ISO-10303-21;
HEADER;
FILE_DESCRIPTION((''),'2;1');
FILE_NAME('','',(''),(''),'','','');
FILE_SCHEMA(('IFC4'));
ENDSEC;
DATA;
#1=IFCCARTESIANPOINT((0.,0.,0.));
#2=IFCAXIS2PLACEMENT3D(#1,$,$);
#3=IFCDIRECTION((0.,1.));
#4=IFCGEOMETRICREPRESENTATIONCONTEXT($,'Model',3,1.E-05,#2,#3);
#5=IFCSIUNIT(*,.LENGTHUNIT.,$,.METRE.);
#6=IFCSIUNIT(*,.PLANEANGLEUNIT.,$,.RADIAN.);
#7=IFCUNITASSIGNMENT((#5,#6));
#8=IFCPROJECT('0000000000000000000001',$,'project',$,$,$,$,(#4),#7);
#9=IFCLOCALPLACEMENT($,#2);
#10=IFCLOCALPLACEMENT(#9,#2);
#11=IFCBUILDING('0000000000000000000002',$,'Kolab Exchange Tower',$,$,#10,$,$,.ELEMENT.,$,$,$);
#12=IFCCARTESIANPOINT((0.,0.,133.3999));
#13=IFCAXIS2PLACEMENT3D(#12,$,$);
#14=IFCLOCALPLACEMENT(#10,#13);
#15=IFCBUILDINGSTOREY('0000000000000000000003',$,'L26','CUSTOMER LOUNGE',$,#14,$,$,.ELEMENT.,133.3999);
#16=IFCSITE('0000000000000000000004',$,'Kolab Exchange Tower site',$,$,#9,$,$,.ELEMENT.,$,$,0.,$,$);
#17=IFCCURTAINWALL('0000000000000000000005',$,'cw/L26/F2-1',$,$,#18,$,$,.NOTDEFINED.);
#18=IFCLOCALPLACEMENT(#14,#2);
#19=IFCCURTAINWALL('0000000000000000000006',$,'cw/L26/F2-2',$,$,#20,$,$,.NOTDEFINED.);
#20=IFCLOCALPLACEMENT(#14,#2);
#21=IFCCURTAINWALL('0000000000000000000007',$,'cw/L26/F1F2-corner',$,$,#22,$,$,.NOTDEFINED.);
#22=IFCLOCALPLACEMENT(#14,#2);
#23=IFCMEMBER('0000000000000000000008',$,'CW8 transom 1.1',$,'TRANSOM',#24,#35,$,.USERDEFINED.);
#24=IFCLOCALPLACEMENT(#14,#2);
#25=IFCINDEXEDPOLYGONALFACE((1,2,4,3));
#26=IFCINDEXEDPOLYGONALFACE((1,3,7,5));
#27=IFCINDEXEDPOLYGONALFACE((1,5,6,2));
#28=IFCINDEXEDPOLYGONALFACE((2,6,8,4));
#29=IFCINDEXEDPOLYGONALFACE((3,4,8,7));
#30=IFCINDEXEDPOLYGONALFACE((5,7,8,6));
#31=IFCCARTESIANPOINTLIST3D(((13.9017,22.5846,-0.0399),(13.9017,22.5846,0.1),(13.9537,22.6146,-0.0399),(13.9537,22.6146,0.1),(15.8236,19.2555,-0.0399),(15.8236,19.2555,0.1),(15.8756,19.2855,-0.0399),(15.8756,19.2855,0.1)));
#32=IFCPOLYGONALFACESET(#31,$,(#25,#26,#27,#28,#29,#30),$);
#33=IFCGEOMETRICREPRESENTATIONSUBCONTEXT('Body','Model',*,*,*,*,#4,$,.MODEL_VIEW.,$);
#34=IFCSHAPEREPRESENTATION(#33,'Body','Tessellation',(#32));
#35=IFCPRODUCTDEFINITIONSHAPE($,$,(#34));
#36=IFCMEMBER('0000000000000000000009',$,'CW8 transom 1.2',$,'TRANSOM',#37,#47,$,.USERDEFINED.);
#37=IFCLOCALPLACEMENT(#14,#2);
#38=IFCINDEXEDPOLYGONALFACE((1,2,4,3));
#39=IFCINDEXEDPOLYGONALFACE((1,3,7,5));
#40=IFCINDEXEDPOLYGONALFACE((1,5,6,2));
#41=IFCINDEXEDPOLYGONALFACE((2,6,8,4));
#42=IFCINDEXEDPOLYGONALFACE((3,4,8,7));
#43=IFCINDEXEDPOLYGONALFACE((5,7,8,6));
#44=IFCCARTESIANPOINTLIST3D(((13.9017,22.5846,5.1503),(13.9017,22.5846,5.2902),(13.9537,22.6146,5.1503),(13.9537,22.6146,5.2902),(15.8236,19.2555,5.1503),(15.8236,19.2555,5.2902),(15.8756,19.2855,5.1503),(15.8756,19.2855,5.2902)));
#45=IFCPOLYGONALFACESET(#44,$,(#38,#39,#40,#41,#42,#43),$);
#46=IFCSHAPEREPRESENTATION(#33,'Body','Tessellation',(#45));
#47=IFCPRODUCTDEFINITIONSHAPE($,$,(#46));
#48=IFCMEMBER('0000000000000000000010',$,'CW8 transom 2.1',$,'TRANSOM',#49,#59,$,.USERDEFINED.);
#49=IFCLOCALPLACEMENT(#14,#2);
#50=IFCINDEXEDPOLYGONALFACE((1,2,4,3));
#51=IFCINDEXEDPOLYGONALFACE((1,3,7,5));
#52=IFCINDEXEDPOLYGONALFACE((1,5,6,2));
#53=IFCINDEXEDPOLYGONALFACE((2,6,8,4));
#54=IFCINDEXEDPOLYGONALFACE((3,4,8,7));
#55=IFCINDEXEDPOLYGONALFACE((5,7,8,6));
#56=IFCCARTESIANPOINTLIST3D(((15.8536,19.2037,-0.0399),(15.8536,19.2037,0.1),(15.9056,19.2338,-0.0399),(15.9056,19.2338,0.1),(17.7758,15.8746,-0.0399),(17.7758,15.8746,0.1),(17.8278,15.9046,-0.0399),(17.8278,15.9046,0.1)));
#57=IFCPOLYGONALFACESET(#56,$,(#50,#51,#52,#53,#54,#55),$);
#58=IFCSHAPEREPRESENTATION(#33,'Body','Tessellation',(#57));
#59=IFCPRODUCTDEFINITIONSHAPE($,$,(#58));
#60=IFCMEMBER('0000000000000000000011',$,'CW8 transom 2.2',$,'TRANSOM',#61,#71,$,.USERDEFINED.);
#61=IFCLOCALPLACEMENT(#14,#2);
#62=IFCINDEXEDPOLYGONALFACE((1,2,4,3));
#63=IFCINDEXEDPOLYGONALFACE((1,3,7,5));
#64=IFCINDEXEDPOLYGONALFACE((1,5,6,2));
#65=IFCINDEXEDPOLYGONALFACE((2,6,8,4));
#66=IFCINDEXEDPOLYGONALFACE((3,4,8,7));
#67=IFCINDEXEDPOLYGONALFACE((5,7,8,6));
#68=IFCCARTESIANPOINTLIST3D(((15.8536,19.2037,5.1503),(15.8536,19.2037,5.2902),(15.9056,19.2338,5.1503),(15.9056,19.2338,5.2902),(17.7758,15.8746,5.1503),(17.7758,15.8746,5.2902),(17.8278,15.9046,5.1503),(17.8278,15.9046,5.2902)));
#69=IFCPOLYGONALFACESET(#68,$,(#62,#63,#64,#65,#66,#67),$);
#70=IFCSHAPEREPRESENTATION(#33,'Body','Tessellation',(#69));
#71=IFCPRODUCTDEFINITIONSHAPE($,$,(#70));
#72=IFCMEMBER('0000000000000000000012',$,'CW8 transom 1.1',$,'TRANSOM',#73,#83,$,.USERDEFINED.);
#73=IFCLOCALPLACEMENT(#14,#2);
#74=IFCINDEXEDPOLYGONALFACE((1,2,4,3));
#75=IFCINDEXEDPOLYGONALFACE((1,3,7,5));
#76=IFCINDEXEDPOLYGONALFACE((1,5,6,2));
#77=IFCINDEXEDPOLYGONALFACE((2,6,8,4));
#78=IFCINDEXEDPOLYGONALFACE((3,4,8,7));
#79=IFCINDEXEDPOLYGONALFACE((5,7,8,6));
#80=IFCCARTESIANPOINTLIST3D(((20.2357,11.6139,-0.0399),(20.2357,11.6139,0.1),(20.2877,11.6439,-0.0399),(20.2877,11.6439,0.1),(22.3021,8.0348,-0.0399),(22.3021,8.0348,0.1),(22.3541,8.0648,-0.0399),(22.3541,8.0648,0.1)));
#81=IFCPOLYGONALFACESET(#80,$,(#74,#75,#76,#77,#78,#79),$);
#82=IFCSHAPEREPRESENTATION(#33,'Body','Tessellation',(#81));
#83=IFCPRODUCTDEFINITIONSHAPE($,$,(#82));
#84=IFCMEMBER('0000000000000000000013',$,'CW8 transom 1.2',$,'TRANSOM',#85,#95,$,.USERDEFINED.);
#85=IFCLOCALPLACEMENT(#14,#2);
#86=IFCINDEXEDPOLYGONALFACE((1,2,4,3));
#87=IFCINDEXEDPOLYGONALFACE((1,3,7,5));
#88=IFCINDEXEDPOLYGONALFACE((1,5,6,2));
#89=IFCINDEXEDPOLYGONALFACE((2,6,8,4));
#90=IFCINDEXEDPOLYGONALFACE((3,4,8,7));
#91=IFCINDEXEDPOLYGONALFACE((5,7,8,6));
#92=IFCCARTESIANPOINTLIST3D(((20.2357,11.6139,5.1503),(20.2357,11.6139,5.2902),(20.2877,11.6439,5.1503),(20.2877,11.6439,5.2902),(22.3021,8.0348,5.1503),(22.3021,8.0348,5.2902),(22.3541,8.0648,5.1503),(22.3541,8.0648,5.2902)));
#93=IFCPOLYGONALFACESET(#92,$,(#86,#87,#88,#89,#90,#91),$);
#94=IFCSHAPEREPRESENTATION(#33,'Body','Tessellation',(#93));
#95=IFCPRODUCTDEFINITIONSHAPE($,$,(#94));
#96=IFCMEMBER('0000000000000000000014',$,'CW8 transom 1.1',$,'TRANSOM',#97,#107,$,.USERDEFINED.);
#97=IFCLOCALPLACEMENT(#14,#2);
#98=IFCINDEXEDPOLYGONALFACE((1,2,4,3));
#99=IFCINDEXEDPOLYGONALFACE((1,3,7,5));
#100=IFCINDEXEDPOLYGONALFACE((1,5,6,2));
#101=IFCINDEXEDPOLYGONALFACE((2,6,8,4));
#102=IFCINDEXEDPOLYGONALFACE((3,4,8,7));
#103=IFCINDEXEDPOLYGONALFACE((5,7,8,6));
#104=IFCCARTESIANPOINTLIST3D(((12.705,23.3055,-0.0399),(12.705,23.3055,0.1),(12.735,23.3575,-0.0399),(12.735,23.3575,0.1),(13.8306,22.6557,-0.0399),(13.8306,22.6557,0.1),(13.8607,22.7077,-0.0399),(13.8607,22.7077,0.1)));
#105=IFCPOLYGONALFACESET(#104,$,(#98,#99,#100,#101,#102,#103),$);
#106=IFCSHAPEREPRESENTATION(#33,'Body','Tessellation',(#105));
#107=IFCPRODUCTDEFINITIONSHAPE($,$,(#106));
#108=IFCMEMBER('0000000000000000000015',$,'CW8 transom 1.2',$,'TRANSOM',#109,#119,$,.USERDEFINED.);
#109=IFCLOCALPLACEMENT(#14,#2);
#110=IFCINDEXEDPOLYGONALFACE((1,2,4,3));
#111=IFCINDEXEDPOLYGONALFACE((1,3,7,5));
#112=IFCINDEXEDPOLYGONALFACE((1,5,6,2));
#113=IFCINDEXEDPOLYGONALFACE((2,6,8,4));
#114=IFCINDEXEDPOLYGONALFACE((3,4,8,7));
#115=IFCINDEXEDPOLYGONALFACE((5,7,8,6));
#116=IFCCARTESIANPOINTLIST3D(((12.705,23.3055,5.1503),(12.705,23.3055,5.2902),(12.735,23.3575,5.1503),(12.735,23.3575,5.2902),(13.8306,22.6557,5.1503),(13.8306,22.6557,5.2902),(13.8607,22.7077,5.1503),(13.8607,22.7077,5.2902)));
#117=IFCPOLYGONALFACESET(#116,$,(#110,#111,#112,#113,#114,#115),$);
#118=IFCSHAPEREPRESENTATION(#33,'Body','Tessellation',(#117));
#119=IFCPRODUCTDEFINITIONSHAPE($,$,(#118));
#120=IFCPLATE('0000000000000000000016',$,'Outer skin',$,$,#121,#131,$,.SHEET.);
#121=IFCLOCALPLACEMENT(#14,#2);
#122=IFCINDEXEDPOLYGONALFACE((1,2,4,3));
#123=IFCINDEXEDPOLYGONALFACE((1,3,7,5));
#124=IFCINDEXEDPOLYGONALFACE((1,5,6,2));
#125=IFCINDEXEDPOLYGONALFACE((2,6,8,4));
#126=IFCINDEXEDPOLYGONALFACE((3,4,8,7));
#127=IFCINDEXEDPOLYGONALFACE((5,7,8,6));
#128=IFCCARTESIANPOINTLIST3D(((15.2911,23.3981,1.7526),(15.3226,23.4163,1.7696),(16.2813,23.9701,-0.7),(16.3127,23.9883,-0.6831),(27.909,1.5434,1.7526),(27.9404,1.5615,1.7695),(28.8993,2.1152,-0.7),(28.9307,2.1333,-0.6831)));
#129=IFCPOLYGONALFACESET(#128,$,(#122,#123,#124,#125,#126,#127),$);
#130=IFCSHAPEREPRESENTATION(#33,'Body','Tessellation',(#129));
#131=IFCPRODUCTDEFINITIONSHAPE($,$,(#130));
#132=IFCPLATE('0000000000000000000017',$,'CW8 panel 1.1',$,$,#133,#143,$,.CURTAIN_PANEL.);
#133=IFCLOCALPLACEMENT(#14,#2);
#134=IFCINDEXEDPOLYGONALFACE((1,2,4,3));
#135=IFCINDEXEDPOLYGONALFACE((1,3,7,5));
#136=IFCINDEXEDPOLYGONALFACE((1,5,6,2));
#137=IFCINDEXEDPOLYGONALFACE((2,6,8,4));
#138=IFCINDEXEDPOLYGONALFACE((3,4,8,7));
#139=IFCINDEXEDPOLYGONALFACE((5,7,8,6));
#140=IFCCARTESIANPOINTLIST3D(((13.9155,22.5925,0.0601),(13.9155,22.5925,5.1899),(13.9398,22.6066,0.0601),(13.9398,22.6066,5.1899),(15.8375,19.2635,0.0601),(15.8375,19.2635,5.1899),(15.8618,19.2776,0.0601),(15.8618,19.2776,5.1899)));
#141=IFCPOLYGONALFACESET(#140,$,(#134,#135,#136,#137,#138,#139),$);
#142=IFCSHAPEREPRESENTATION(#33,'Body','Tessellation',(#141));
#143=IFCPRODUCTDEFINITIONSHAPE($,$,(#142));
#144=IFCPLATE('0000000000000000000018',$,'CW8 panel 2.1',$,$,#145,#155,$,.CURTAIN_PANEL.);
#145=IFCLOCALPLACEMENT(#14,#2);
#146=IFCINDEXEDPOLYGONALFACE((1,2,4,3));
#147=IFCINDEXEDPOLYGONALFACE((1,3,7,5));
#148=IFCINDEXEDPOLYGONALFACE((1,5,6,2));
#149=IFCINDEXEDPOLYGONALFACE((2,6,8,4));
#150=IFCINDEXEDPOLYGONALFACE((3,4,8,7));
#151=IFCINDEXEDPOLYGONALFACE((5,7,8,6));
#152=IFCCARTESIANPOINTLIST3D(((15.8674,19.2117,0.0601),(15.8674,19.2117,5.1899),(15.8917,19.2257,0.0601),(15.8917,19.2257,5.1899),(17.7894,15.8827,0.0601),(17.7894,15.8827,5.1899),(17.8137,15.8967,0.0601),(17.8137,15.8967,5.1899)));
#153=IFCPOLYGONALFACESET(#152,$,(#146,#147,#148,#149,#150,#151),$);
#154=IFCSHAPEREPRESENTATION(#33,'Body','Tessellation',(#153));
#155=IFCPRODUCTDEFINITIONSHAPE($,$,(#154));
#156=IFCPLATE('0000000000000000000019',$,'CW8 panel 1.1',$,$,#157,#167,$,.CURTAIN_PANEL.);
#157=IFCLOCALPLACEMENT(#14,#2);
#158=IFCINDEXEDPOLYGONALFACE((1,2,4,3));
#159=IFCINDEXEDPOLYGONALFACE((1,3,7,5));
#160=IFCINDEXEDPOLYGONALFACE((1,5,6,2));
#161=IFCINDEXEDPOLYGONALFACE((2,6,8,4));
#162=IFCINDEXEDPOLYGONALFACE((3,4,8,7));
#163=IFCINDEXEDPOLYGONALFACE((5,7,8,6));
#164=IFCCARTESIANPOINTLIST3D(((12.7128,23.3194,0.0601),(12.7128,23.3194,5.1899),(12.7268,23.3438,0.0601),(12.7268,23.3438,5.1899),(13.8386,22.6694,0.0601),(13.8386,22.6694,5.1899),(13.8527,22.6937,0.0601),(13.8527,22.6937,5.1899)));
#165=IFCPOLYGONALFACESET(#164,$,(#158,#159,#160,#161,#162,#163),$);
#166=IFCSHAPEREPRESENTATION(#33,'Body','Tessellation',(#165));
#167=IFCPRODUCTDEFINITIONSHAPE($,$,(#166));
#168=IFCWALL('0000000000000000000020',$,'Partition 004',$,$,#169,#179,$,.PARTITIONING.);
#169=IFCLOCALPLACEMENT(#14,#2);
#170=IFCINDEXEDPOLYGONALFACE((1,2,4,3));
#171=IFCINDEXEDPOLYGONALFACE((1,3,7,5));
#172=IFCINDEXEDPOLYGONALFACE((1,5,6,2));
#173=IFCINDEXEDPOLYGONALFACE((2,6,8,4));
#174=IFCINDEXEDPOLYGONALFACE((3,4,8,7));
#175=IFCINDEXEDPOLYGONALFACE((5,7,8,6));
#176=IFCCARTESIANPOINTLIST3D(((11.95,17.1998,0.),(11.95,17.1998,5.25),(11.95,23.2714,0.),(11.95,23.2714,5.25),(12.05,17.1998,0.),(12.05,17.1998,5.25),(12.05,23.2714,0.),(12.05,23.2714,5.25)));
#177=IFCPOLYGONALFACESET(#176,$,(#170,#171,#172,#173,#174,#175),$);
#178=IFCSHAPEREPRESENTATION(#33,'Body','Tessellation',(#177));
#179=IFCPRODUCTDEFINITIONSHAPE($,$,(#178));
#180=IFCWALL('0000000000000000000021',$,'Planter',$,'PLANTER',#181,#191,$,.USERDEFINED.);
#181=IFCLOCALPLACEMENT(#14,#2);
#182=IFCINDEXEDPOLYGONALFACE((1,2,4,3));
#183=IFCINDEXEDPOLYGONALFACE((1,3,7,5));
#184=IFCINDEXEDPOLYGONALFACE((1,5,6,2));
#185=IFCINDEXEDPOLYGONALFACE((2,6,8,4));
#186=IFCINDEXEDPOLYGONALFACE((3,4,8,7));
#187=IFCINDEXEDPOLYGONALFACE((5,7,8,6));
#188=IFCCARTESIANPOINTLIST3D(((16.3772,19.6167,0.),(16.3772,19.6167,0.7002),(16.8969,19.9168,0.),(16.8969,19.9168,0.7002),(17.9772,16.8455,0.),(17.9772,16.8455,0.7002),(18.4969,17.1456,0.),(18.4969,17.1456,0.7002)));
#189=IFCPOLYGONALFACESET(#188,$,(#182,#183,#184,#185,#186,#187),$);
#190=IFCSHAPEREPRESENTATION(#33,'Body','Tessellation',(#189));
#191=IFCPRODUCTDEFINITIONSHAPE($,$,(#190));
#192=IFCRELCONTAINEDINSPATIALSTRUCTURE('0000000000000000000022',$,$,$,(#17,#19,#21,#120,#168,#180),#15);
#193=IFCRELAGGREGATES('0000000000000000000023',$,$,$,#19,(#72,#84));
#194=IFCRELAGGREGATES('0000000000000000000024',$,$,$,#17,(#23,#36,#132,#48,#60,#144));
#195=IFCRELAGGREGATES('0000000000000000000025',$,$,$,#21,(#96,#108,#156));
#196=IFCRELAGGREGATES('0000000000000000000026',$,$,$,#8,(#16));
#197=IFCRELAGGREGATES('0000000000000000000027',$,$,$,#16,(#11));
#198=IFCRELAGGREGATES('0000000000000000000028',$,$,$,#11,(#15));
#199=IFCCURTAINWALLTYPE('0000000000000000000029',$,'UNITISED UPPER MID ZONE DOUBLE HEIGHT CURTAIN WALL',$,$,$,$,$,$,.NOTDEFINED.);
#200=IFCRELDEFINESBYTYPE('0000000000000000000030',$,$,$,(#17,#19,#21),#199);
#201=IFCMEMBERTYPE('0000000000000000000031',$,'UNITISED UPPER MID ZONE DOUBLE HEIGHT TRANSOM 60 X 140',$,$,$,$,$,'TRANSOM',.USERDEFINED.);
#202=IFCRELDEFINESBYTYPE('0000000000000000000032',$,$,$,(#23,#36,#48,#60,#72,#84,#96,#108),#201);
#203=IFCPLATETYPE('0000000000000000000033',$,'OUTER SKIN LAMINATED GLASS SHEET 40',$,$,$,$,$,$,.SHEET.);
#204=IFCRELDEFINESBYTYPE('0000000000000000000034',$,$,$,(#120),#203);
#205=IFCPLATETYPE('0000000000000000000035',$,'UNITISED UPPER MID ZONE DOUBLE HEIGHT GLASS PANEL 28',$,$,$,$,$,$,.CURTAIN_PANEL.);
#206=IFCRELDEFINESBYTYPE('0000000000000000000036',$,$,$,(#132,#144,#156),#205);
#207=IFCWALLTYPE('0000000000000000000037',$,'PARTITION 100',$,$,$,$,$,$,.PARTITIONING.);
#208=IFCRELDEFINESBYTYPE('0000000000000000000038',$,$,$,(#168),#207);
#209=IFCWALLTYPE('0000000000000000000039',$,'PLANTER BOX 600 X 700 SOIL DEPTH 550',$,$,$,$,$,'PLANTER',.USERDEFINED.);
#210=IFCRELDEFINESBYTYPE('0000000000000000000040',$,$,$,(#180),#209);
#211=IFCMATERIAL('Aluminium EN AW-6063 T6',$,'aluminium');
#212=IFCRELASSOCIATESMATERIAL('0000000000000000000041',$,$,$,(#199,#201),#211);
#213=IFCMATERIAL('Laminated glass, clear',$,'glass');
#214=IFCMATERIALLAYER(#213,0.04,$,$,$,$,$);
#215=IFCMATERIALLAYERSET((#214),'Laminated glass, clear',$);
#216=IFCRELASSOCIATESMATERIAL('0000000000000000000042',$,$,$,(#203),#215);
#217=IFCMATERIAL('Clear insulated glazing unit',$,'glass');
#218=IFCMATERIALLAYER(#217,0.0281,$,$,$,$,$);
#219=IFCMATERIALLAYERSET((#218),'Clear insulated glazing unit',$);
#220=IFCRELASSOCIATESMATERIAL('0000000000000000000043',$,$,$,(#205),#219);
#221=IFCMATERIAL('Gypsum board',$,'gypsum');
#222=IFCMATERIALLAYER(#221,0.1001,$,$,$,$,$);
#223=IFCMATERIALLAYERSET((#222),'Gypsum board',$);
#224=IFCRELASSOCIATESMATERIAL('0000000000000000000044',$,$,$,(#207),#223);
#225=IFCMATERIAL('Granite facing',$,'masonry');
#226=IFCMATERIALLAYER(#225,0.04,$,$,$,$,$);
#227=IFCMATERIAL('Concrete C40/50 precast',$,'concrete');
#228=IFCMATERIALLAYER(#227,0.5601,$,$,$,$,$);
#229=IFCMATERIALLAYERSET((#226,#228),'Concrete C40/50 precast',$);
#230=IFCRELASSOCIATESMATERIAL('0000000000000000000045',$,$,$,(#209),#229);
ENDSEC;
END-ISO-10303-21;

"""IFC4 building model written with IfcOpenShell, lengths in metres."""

from ifc_helpers import new_model, si_unit, direction, frame, frame_2d, origin, origin_2d, place, context, subcontext, project, spatial, polyline, rectangle, outline, extrude, material, layer, layer_set, material_profile, profile_set, type_object, element, aggregate, save


model = new_model("IFC4")

# Units and contexts
model_context = context("Model", 3, precision=1e-05, world=origin(), true_north=direction((0.0, 1.0)))
body_context = subcontext(model_context, "Body", "Model", "MODEL_VIEW")
ifc_project = project(units=[si_unit("LENGTHUNIT", "METRE"), si_unit("PLANEANGLEUNIT", "RADIAN")], contexts=[model_context])

# Site, building, storey
site_placement = place(None, origin())
site = spatial("IfcSite", under=ifc_project, at=site_placement, Name="Kolab Exchange Tower site", CompositionType="ELEMENT", RefElevation=0.0)
building_placement = place(site_placement, origin())
building = spatial("IfcBuilding", under=site, at=building_placement, Name="Kolab Exchange Tower", CompositionType="ELEMENT")
storey_placement = place(building_placement, frame((0.0, 0.0, 133.3999)))
storey = spatial("IfcBuildingStorey", under=building, at=storey_placement, Name="L26", Description="CUSTOMER LOUNGE", CompositionType="ELEMENT", Elevation=133.3999)

# Shared definitions
ifc_material_1 = material(Name="Aluminium EN AW-6063 T6", Category="aluminium")
curtain_wall_type = type_object("IfcCurtainWallType", Name="UNITISED UPPER MID ZONE DOUBLE HEIGHT CURTAIN WALL", PredefinedType="NOTDEFINED", material=ifc_material_1)

# Curtain wall
curtain_wall_1_placement = place(storey_placement, origin())
curtain_wall_1 = element("IfcCurtainWall", 1, at=curtain_wall_1_placement, inside=storey, type_object=curtain_wall_type, Name="cw/L26/F2-1", PredefinedType="NOTDEFINED")

# Curtain wall
curtain_wall_2_placement = place(storey_placement, origin())
curtain_wall_2 = element("IfcCurtainWall", 2, at=curtain_wall_2_placement, inside=storey, type_object=curtain_wall_type, Name="cw/L26/F2-2", PredefinedType="NOTDEFINED")

# Curtain wall
curtain_wall_3_placement = place(storey_placement, origin())
curtain_wall_3 = element("IfcCurtainWall", 3, at=curtain_wall_3_placement, inside=storey, type_object=curtain_wall_type, Name="cw/L26/F1F2-corner", PredefinedType="NOTDEFINED")

# Members
ifc_material_profile_1 = material_profile(ifc_material_1, rectangle(XDim=0.0601, YDim=0.1399, at=origin_2d()), Name="RECT 60X140")
ifc_profile_set_1 = profile_set([ifc_material_profile_1], Name="Aluminium EN AW-6063 T6")
member_type_1 = type_object("IfcMemberType", Name="UNITISED UPPER MID ZONE DOUBLE HEIGHT TRANSOM 60 X 140", ElementType="TRANSOM", PredefinedType="USERDEFINED", material=ifc_profile_set_1)
member_1_placement = place(storey_placement, frame((13.9277, 22.5996, 0.03), z_axis=(0.499964, -0.866046, 0.0), x_axis=(0.866046, 0.499964, 0.0)))
member_1 = element("IfcMember", 4, at=member_1_placement, type_object=member_type_1, Name="CW8 transom 1.1", ObjectType="TRANSOM", PredefinedType="USERDEFINED", context=body_context, shape_type="SweptSolid", body=[
    extrude(rectangle(XDim=0.0601, YDim=0.1399, at=origin_2d()), origin(), (0.0, 0.0, 1.0), 3.844),
])
member_2_placement = place(storey_placement, frame((13.9277, 22.5996, 5.2202), z_axis=(0.499964, -0.866046, 0.0), x_axis=(0.866046, 0.499964, 0.0)))
member_2 = element("IfcMember", 5, at=member_2_placement, type_object=member_type_1, Name="CW8 transom 1.2", ObjectType="TRANSOM", PredefinedType="USERDEFINED", context=body_context, shape_type="SweptSolid", body=[
    extrude(rectangle(XDim=0.0601, YDim=0.1399, at=origin_2d()), origin(), (0.0, 0.0, 1.0), 3.844),
])
member_3_placement = place(storey_placement, frame((15.8796, 19.2188, 0.03), z_axis=(0.500012, -0.866018, 0.0), x_axis=(0.866018, 0.500012, 0.0)))
member_3 = element("IfcMember", 6, at=member_3_placement, type_object=member_type_1, Name="CW8 transom 2.1", ObjectType="TRANSOM", PredefinedType="USERDEFINED", context=body_context, shape_type="SweptSolid", body=[
    extrude(rectangle(XDim=0.0601, YDim=0.1399, at=origin_2d()), origin(), (0.0, 0.0, 1.0), 3.8442),
])
member_4_placement = place(storey_placement, frame((15.8796, 19.2188, 5.2202), z_axis=(0.500012, -0.866018, 0.0), x_axis=(0.866018, 0.500012, 0.0)))
member_4 = element("IfcMember", 7, at=member_4_placement, type_object=member_type_1, Name="CW8 transom 2.2", ObjectType="TRANSOM", PredefinedType="USERDEFINED", context=body_context, shape_type="SweptSolid", body=[
    extrude(rectangle(XDim=0.0601, YDim=0.1399, at=origin_2d()), origin(), (0.0, 0.0, 1.0), 3.8442),
])
member_5_placement = place(storey_placement, frame((20.2617, 11.6289, 0.03), z_axis=(0.500002, -0.866024, 0.0), x_axis=(0.866024, 0.500002, 0.0)))
member_5 = element("IfcMember", 8, at=member_5_placement, type_object=member_type_1, Name="CW8 transom 1.1", ObjectType="TRANSOM", PredefinedType="USERDEFINED", context=body_context, shape_type="SweptSolid", body=[
    extrude(rectangle(XDim=0.0601, YDim=0.1399, at=origin_2d()), origin(), (0.0, 0.0, 1.0), 4.1328),
])
member_6_placement = place(storey_placement, frame((20.2617, 11.6289, 5.2202), z_axis=(0.500002, -0.866024, 0.0), x_axis=(0.866024, 0.500002, 0.0)))
member_6 = element("IfcMember", 9, at=member_6_placement, type_object=member_type_1, Name="CW8 transom 1.2", ObjectType="TRANSOM", PredefinedType="USERDEFINED", context=body_context, shape_type="SweptSolid", body=[
    extrude(rectangle(XDim=0.0601, YDim=0.1399, at=origin_2d()), origin(), (0.0, 0.0, 1.0), 4.1328),
])
aggregate(curtain_wall_2, [member_5, member_6])
member_7_placement = place(storey_placement, frame((12.72, 23.3315, 0.03), z_axis=(0.866039, -0.499977, 0.0), x_axis=(0.499977, 0.866039, 0.0)))
member_7 = element("IfcMember", 10, at=member_7_placement, type_object=member_type_1, Name="CW8 transom 1.1", ObjectType="TRANSOM", PredefinedType="USERDEFINED", context=body_context, shape_type="SweptSolid", body=[
    extrude(rectangle(XDim=0.0601, YDim=0.1399, at=origin_2d()), origin(), (0.0, 0.0, 1.0), 1.2998),
])
member_8_placement = place(storey_placement, frame((12.72, 23.3315, 5.2202), z_axis=(0.866039, -0.499977, 0.0), x_axis=(0.499977, 0.866039, 0.0)))
member_8 = element("IfcMember", 11, at=member_8_placement, type_object=member_type_1, Name="CW8 transom 1.2", ObjectType="TRANSOM", PredefinedType="USERDEFINED", context=body_context, shape_type="SweptSolid", body=[
    extrude(rectangle(XDim=0.0601, YDim=0.1399, at=origin_2d()), origin(), (0.0, 0.0, 1.0), 1.2998),
])

# Plates
ifc_material_2 = material(Name="Laminated glass, clear", Category="glass")
ifc_layer_1 = layer(ifc_material_2, 0.04)
ifc_layer_set_1 = layer_set([ifc_layer_1], Name="Laminated glass, clear")
plate_type_1 = type_object("IfcPlateType", Name="OUTER SKIN LAMINATED GLASS SHEET 40", PredefinedType="SHEET", material=ifc_layer_set_1)
plate_1_placement = place(storey_placement, frame((16.3127, 23.9883, -0.6831), z_axis=(0.784906, 0.453166, 0.422568), x_axis=(0.5, -0.866025, 0.000001)))
element("IfcPlate", 12, at=plate_1_placement, inside=storey, type_object=plate_type_1, Name="Outer skin", PredefinedType="SHEET", context=body_context, shape_type="SweptSolid", body=[
    extrude(outline(polyline([(0.0, 0.0), (25.2359, 0.0), (25.236, -2.7061), (0.0003, -2.7061), (0.0, 0.0)])), origin(), (0.0, 0.0, -1.0), 0.04),
])
ifc_material_3 = material(Name="Clear insulated glazing unit", Category="glass")
ifc_layer_2 = layer(ifc_material_3, 0.0281)
ifc_layer_set_2 = layer_set([ifc_layer_2], Name="Clear insulated glazing unit")
plate_type_2 = type_object("IfcPlateType", Name="UNITISED UPPER MID ZONE DOUBLE HEIGHT GLASS PANEL 28", PredefinedType="CURTAIN_PANEL", material=ifc_layer_set_2)
plate_2_placement = place(storey_placement, frame((14.8887, 20.9351, 0.0601), z_axis=(0.0, 0.0, 1.0), x_axis=(0.5, -0.866025, 0.0)))
plate_2 = element("IfcPlate", 13, at=plate_2_placement, type_object=plate_type_2, Name="CW8 panel 1.1", PredefinedType="CURTAIN_PANEL", context=body_context, shape_type="SweptSolid", body=[
    extrude(rectangle(XDim=3.844, YDim=0.0281, at=origin_2d()), origin(), (0.0, 0.0, 1.0), 5.1299),
])
plate_3_placement = place(storey_placement, frame((16.8406, 17.5542, 0.0601), z_axis=(0.0, 0.0, 1.0), x_axis=(0.5, -0.866025, 0.0)))
plate_3 = element("IfcPlate", 14, at=plate_3_placement, type_object=plate_type_2, Name="CW8 panel 2.1", PredefinedType="CURTAIN_PANEL", context=body_context, shape_type="SweptSolid", body=[
    extrude(rectangle(XDim=3.844, YDim=0.0281, at=origin_2d()), origin(), (0.0, 0.0, 1.0), 5.1299),
])
aggregate(curtain_wall_1, [member_1, member_2, plate_2, member_3, member_4, plate_3])
plate_4_placement = place(storey_placement, frame((13.2827, 23.0066, 0.0601), z_axis=(0.0, 0.0, 1.0), x_axis=(0.866025, -0.5, 0.0)))
plate_4 = element("IfcPlate", 15, at=plate_4_placement, type_object=plate_type_2, Name="CW8 panel 1.1", PredefinedType="CURTAIN_PANEL", context=body_context, shape_type="SweptSolid", body=[
    extrude(rectangle(XDim=1.3, YDim=0.0281, at=origin_2d()), origin(), (0.0, 0.0, 1.0), 5.1299),
])
aggregate(curtain_wall_3, [member_7, member_8, plate_4])

# Walls
ifc_material_4 = material(Name="Gypsum board", Category="gypsum")
ifc_layer_3 = layer(ifc_material_4, 0.1001)
ifc_layer_set_3 = layer_set([ifc_layer_3], Name="Gypsum board")
wall_type_1 = type_object("IfcWallType", Name="PARTITION 100", PredefinedType="PARTITIONING", material=ifc_layer_set_3)
wall_1_placement = place(storey_placement, frame((12.0, 17.2, 0.0), z_axis=(0.0, 0.0, 1.0), x_axis=(0.0, 1.0, 0.0)))
element("IfcWall", 16, at=wall_1_placement, inside=storey, type_object=wall_type_1, Name="Partition 004", PredefinedType="PARTITIONING", context=body_context, shape_type="SweptSolid", body=[
    extrude(rectangle(XDim=6.0715, YDim=0.1001, at=frame_2d((3.0356, 0.0))), origin(), (0.0, 0.0, 1.0), 5.25),
])
ifc_material_5 = material(Name="Granite facing", Category="masonry")
ifc_layer_4 = layer(ifc_material_5, 0.04)
ifc_material_6 = material(Name="Concrete C40/50 precast", Category="concrete")
ifc_layer_5 = layer(ifc_material_6, 0.5601)
ifc_layer_set_4 = layer_set([ifc_layer_4, ifc_layer_5], Name="Concrete C40/50 precast")
wall_type_2 = type_object("IfcWallType", Name="PLANTER BOX 600 X 700 SOIL DEPTH 550", ElementType="PLANTER", PredefinedType="USERDEFINED", material=ifc_layer_set_4)
wall_2_placement = place(storey_placement, frame((16.637, 19.7668, 0.0), z_axis=(0.0, 0.0, 1.0), x_axis=(0.500028, -0.866009, 0.0)))
element("IfcWall", 17, at=wall_2_placement, inside=storey, type_object=wall_type_2, Name="Planter", ObjectType="PLANTER", PredefinedType="USERDEFINED", context=body_context, shape_type="SweptSolid", body=[
    extrude(rectangle(XDim=3.2, YDim=0.6001, at=frame_2d((1.6001, 0.0))), origin(), (0.0, 0.0, 1.0), 0.7002),
])

save(model, "model.ifc")
